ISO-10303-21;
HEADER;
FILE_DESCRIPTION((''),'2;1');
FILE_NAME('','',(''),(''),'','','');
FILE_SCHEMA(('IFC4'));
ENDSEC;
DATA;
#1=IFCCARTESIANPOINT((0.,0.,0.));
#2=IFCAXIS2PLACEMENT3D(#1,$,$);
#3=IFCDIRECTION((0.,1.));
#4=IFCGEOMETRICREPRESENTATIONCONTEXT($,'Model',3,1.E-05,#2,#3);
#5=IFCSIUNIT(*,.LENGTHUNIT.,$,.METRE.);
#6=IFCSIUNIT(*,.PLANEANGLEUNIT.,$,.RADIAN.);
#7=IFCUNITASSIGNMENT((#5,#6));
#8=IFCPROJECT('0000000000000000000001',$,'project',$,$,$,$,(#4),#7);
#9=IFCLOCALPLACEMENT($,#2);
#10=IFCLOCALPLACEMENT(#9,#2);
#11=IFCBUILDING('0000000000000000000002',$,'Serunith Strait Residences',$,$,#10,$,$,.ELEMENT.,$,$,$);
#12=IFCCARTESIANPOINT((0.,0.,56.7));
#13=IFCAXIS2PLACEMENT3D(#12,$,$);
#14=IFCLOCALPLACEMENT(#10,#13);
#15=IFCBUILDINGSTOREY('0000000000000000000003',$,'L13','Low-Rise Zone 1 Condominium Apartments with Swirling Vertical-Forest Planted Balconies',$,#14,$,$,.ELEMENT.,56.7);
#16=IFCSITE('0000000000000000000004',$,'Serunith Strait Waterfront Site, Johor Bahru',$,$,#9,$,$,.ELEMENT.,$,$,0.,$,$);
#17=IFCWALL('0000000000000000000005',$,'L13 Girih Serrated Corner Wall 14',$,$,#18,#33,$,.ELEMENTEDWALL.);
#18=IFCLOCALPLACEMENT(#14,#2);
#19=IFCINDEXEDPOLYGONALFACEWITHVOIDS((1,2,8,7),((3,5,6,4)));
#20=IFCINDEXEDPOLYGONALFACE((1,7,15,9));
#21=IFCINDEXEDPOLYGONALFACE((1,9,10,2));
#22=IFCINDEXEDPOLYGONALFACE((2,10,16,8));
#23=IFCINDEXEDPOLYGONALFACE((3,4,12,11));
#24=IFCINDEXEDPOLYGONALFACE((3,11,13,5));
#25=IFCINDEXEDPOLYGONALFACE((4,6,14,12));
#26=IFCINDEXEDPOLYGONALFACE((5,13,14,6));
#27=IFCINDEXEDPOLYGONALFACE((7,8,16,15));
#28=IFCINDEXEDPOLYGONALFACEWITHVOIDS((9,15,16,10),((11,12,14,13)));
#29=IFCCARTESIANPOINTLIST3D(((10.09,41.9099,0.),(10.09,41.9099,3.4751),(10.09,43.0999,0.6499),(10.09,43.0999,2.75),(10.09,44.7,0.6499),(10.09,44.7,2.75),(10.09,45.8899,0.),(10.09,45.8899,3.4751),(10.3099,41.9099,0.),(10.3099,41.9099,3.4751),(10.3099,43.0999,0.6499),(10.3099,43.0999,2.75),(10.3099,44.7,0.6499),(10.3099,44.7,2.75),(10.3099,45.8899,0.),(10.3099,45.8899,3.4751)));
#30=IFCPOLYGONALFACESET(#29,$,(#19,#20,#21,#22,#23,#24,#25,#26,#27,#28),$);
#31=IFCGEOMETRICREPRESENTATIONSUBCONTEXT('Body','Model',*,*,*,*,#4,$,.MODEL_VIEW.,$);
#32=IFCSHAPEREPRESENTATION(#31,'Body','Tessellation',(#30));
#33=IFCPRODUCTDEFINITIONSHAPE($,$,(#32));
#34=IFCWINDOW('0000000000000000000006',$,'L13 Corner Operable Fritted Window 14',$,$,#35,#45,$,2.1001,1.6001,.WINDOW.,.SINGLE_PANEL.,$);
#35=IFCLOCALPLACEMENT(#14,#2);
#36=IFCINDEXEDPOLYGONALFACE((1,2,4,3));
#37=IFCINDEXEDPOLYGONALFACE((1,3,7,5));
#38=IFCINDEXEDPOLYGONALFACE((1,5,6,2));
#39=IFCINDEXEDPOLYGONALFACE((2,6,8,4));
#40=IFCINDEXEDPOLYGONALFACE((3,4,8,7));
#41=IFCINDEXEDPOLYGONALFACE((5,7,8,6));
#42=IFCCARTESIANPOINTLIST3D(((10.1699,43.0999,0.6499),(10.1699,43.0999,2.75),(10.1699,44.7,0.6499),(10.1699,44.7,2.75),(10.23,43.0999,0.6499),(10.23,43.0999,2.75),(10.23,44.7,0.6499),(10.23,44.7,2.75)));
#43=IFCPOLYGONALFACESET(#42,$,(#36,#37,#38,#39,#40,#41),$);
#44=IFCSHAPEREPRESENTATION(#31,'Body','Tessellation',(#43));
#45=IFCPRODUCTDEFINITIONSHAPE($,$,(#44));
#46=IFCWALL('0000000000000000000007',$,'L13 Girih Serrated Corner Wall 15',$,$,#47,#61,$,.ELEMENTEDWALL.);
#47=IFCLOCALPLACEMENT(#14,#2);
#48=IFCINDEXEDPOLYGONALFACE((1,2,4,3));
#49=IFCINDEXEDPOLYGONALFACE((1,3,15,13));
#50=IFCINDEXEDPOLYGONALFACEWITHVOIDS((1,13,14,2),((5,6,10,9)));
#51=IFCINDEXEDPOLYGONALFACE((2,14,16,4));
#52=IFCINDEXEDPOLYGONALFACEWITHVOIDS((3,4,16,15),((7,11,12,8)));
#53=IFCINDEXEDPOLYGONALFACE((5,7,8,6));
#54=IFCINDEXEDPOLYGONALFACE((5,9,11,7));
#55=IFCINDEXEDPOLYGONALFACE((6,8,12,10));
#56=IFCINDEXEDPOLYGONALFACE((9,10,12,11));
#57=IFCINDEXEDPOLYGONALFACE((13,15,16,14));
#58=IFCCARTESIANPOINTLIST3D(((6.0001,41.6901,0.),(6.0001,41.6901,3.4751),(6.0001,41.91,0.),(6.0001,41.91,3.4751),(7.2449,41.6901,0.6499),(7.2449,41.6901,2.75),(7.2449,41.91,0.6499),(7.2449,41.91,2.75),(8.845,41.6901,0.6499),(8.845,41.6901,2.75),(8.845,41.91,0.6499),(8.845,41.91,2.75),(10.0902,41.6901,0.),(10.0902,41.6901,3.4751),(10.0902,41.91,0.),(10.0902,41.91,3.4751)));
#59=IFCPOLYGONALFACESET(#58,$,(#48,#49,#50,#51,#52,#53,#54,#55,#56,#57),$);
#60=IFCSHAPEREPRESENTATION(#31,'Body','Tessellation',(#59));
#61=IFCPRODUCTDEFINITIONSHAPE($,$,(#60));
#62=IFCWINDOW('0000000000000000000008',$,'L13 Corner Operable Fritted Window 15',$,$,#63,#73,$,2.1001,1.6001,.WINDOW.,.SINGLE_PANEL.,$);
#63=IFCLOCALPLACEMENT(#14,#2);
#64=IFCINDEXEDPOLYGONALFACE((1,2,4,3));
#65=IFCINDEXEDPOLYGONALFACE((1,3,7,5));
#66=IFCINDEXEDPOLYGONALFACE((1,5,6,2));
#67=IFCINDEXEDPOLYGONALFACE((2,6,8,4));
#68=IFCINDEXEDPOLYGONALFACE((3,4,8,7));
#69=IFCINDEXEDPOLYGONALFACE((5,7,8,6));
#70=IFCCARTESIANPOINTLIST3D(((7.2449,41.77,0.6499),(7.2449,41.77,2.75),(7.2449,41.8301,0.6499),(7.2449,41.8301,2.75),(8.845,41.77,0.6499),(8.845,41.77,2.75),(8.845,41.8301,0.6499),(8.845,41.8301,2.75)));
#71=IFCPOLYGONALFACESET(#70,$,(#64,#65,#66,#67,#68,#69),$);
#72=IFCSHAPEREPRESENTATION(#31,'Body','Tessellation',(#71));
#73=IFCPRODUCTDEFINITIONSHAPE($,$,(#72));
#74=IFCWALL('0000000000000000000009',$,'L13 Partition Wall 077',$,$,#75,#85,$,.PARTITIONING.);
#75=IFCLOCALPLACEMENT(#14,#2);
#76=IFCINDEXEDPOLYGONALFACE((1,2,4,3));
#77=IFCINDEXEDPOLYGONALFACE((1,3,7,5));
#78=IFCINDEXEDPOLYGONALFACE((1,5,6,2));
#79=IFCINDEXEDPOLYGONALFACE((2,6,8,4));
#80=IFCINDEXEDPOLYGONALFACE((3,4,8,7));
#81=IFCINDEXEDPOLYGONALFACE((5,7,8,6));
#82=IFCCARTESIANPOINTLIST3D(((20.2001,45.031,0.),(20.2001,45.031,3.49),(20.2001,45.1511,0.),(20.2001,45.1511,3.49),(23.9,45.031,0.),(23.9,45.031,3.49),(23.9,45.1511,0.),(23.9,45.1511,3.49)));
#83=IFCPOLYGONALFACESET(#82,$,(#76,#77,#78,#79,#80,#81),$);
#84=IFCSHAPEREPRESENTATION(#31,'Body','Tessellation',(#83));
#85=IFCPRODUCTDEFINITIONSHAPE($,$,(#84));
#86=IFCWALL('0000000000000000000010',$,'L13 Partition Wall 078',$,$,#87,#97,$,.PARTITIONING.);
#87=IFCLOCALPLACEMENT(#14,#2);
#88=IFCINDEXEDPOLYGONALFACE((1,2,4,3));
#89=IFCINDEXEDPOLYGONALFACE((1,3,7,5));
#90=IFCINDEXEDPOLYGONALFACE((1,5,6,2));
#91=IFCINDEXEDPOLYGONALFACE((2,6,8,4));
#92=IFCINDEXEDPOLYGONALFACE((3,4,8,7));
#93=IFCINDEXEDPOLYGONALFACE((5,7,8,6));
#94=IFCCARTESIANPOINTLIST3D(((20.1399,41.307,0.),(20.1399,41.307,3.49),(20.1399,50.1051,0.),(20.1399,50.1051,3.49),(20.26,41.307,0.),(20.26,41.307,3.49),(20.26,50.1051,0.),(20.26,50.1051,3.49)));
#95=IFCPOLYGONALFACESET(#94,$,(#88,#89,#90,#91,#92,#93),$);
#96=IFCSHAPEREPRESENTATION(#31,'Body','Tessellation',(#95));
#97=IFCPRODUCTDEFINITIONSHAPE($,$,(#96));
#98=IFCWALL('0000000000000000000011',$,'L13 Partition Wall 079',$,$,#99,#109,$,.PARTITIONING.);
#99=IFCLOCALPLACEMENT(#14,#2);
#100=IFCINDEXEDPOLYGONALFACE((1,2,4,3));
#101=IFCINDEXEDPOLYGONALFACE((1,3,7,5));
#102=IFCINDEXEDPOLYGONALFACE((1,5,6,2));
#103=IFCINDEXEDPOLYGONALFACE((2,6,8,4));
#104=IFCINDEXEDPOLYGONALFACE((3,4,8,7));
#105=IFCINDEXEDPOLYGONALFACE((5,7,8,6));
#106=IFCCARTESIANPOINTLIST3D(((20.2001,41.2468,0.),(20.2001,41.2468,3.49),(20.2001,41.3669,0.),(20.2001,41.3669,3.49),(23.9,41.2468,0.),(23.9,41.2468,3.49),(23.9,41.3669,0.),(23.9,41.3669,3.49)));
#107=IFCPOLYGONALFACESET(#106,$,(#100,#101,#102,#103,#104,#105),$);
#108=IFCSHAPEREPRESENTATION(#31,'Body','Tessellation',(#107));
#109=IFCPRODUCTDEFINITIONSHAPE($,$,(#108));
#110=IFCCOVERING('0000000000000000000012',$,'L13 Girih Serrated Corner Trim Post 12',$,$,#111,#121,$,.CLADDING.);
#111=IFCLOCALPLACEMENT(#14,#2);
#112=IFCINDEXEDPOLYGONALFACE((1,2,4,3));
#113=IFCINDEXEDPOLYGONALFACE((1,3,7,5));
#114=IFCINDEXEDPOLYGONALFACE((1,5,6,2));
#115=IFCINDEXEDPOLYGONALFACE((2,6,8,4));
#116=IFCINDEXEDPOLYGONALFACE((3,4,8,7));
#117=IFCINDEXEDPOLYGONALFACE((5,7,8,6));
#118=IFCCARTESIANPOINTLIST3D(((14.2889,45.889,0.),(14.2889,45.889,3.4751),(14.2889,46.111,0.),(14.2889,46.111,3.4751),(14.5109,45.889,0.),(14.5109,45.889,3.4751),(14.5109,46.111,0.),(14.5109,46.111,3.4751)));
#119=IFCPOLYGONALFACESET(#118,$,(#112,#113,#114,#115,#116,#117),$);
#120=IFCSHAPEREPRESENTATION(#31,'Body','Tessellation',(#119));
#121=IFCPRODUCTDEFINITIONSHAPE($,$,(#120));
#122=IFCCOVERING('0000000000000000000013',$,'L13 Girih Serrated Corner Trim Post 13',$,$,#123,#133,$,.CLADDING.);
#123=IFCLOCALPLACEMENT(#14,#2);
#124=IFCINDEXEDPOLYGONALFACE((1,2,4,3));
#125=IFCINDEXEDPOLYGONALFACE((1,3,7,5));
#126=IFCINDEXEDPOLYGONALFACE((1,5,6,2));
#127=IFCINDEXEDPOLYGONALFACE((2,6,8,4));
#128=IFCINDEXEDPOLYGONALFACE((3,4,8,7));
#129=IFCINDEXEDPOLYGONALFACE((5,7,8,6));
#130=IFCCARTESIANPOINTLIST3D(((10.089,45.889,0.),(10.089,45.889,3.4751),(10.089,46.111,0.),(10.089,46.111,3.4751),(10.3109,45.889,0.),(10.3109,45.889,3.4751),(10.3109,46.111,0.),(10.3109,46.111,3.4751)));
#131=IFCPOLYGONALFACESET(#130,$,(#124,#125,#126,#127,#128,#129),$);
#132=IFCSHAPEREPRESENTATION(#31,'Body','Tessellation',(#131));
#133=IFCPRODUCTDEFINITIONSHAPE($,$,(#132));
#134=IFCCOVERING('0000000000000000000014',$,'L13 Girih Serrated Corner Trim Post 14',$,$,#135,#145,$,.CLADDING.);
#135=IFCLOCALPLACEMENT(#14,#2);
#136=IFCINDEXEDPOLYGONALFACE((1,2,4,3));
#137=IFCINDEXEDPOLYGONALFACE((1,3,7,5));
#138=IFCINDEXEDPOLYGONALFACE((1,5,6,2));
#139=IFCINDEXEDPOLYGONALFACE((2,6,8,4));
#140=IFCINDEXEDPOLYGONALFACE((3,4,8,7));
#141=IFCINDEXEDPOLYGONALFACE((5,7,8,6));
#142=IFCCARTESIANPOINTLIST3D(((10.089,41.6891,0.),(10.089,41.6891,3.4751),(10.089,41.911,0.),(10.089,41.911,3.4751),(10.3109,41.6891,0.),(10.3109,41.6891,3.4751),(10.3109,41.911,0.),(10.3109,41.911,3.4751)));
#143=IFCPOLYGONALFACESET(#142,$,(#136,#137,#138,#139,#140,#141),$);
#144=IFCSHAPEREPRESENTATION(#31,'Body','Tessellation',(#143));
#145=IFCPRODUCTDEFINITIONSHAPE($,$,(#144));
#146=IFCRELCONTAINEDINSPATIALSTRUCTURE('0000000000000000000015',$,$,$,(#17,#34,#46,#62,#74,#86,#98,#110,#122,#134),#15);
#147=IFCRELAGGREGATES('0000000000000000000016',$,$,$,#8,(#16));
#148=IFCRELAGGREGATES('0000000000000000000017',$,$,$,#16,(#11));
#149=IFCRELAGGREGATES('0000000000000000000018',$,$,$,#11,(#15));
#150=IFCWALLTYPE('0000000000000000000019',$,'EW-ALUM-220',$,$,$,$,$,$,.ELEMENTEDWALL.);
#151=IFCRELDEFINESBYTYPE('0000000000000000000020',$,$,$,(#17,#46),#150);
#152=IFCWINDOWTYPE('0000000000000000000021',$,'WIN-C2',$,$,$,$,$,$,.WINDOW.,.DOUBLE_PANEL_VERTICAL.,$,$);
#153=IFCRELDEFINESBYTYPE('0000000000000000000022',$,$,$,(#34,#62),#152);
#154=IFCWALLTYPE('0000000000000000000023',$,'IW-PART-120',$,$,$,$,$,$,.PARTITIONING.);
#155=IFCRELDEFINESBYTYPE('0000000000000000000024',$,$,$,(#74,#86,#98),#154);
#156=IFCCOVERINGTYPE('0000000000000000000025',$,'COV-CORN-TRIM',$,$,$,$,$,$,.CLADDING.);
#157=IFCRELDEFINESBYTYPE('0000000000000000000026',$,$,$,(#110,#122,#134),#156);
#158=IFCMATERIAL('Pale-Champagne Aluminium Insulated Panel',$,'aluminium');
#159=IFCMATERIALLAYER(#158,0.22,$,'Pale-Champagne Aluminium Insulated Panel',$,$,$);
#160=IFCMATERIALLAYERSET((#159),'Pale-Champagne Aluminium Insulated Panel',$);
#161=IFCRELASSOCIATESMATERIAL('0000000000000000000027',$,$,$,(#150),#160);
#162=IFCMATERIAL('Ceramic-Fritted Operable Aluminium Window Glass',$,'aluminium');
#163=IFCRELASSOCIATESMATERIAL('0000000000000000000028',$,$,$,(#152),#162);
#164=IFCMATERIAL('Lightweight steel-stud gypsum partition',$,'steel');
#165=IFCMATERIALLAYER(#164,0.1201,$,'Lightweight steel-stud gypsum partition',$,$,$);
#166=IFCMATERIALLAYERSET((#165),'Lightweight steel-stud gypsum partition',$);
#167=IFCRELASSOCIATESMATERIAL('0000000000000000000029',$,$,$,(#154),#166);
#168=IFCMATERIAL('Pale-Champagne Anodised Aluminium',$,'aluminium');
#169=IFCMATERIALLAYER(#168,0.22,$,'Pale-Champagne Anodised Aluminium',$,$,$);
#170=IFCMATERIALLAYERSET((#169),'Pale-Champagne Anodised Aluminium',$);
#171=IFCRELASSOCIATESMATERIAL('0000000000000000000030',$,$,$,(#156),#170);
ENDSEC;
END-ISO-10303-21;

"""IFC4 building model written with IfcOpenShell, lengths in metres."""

from ifc_helpers import new_model, si_unit, direction, frame, frame_2d, origin, origin_2d, place, context, subcontext, project, spatial, rectangle, extrude, source, transform, mapped, material, layer, layer_set, type_object, element, fill, save


model = new_model("IFC4")

# Units and contexts
model_context = context("Model", 3, precision=1e-05, world=origin(), true_north=direction((0.0, 1.0)))
body_context = subcontext(model_context, "Body", "Model", "MODEL_VIEW")
ifc_project = project(units=[si_unit("LENGTHUNIT", "METRE"), si_unit("PLANEANGLEUNIT", "RADIAN")], contexts=[model_context])

# Site, building, storey
site_placement = place(None, origin())
site = spatial("IfcSite", under=ifc_project, at=site_placement, Name="Serunith Strait Waterfront Site, Johor Bahru", CompositionType="ELEMENT", RefElevation=0.0)
building_placement = place(site_placement, origin())
building = spatial("IfcBuilding", under=site, at=building_placement, Name="Serunith Strait Residences", CompositionType="ELEMENT")
storey_placement = place(building_placement, frame((0.0, 0.0, 56.7)))
storey = spatial("IfcBuildingStorey", under=building, at=storey_placement, Name="L13", Description="Low-Rise Zone 1 Condominium Apartments with Swirling Vertical-Forest Planted Balconies", CompositionType="ELEMENT", Elevation=56.7)

# Shared definitions
ifc_material_1 = material(Name="Pale-Champagne Anodised Aluminium", Category="aluminium")

# Walls, openings, windows
ifc_material_2 = material(Name="Pale-Champagne Aluminium Insulated Panel", Category="aluminium")
ifc_layer_1 = layer(ifc_material_2, 0.22, Name="Pale-Champagne Aluminium Insulated Panel")
ifc_layer_set_1 = layer_set([ifc_layer_1], Name="Pale-Champagne Aluminium Insulated Panel")
wall_type_1 = type_object("IfcWallType", Name="EW-ALUM-220", PredefinedType="ELEMENTEDWALL", material=ifc_layer_set_1)
ifc_material_3 = material(Name="Ceramic-Fritted Operable Aluminium Window Glass", Category="aluminium")
window_type = type_object("IfcWindowType", Name="WIN-C2", PartitioningType="DOUBLE_PANEL_VERTICAL", PredefinedType="WINDOW", material=ifc_material_3)
shared_shape_1 = source(origin(), body_context, "Body", "SweptSolid", [
    extrude(rectangle(XDim=1.6001, YDim=2.1001, at=frame_2d((0.8, 1.05))), frame((0.0, 0.03, 0.0), z_axis=(0.0, -1.0, 0.0), x_axis=(1.0, 0.0, 0.0)), (0.0, 0.0, 1.0), 0.0601),
])
wall_1_placement = place(storey_placement, frame((10.2, 45.8899, 0.0), z_axis=(0.0, 0.0, 1.0), x_axis=(0.0, -1.0, 0.0)))
wall_1 = element("IfcWall", 1, at=wall_1_placement, inside=storey, type_object=wall_type_1, Name="L13 Girih Serrated Corner Wall 14", PredefinedType="ELEMENTEDWALL", context=body_context, shape_type="SweptSolid", body=[
    extrude(rectangle(XDim=3.98, YDim=0.22, at=frame_2d((1.99, 0.0))), origin(), (0.0, 0.0, 1.0), 3.4751),
])
opening_1_placement = place(wall_1_placement, frame((1.1899, 0.0, 0.6499)))
opening_1 = element("IfcOpeningElement", 2, at=opening_1_placement, cuts=wall_1, PredefinedType="OPENING", context=body_context, shape_type="SweptSolid", body=[
    extrude(rectangle(XDim=1.6001, YDim=2.1001, at=frame_2d((0.8, 1.05))), frame((0.0, 0.1201, 0.0), z_axis=(0.0, -1.0, 0.0), x_axis=(1.0, 0.0, 0.0)), (0.0, 0.0, 1.0), 0.24),
])
window_1_placement = place(opening_1_placement, origin())
window_1 = element("IfcWindow", 3, at=window_1_placement, inside=storey, type_object=window_type, Name="L13 Corner Operable Fritted Window 14", OverallHeight=2.1001, OverallWidth=1.6001, PartitioningType="SINGLE_PANEL", PredefinedType="WINDOW", context=body_context, shape_type="MappedRepresentation", body=[
    mapped(shared_shape_1, transform((0.0, 0.0, 0.0), scale=1.0)),
])
fill(opening_1, window_1)
wall_2_placement = place(storey_placement, frame((10.0901, 41.8, 0.0), z_axis=(0.0, 0.0, 1.0), x_axis=(-1.0, 0.0, 0.0)))
wall_2 = element("IfcWall", 4, at=wall_2_placement, inside=storey, type_object=wall_type_1, Name="L13 Girih Serrated Corner Wall 15", PredefinedType="ELEMENTEDWALL", context=body_context, shape_type="SweptSolid", body=[
    extrude(rectangle(XDim=4.0901, YDim=0.22, at=frame_2d((2.0449, 0.0))), origin(), (0.0, 0.0, 1.0), 3.4751),
])
opening_2_placement = place(wall_2_placement, frame((1.2451, 0.0, 0.6499)))
opening_2 = element("IfcOpeningElement", 5, at=opening_2_placement, cuts=wall_2, PredefinedType="OPENING", context=body_context, shape_type="SweptSolid", body=[
    extrude(rectangle(XDim=1.6001, YDim=2.1001, at=frame_2d((0.8, 1.05))), frame((0.0, 0.1201, 0.0), z_axis=(0.0, -1.0, 0.0), x_axis=(1.0, 0.0, 0.0)), (0.0, 0.0, 1.0), 0.24),
])
window_2_placement = place(opening_2_placement, origin())
window_2 = element("IfcWindow", 6, at=window_2_placement, inside=storey, type_object=window_type, Name="L13 Corner Operable Fritted Window 15", OverallHeight=2.1001, OverallWidth=1.6001, PartitioningType="SINGLE_PANEL", PredefinedType="WINDOW", context=body_context, shape_type="MappedRepresentation", body=[
    mapped(shared_shape_1, transform((0.0, 0.0, 0.0), scale=1.0)),
])
fill(opening_2, window_2)

# Walls
ifc_material_4 = material(Name="Lightweight steel-stud gypsum partition", Category="steel")
ifc_layer_2 = layer(ifc_material_4, 0.1201, Name="Lightweight steel-stud gypsum partition")
ifc_layer_set_2 = layer_set([ifc_layer_2], Name="Lightweight steel-stud gypsum partition")
wall_type_2 = type_object("IfcWallType", Name="IW-PART-120", PredefinedType="PARTITIONING", material=ifc_layer_set_2)
wall_3_placement = place(storey_placement, frame((20.2, 45.0911, 0.0), z_axis=(0.0, 0.0, 1.0), x_axis=(1.0, 0.0, 0.0)))
element("IfcWall", 7, at=wall_3_placement, inside=storey, type_object=wall_type_2, Name="L13 Partition Wall 077", PredefinedType="PARTITIONING", context=body_context, shape_type="SweptSolid", body=[
    extrude(rectangle(XDim=3.7, YDim=0.1201, at=frame_2d((1.8501, 0.0))), origin(), (0.0, 0.0, 1.0), 3.49),
])
wall_4_placement = place(storey_placement, frame((20.2, 50.105, 0.0), z_axis=(0.0, 0.0, 1.0), x_axis=(0.0, -1.0, 0.0)))
element("IfcWall", 8, at=wall_4_placement, inside=storey, type_object=wall_type_2, Name="L13 Partition Wall 078", PredefinedType="PARTITIONING", context=body_context, shape_type="SweptSolid", body=[
    extrude(rectangle(XDim=8.7981, YDim=0.1201, at=frame_2d((4.3989, 0.0))), origin(), (0.0, 0.0, 1.0), 3.49),
])
wall_5_placement = place(storey_placement, frame((20.2, 41.3069, 0.0), z_axis=(0.0, 0.0, 1.0), x_axis=(1.0, 0.0, 0.0)))
element("IfcWall", 9, at=wall_5_placement, inside=storey, type_object=wall_type_2, Name="L13 Partition Wall 079", PredefinedType="PARTITIONING", context=body_context, shape_type="SweptSolid", body=[
    extrude(rectangle(XDim=3.7, YDim=0.1201, at=frame_2d((1.8501, 0.0))), origin(), (0.0, 0.0, 1.0), 3.49),
])

# Coverings
ifc_layer_3 = layer(ifc_material_1, 0.22, Name="Pale-Champagne Anodised Aluminium")
ifc_layer_set_3 = layer_set([ifc_layer_3], Name="Pale-Champagne Anodised Aluminium")
covering_type = type_object("IfcCoveringType", Name="COV-CORN-TRIM", PredefinedType="CLADDING", material=ifc_layer_set_3)
shared_shape_2 = source(origin(), body_context, "Body", "SweptSolid", [
    extrude(rectangle(XDim=0.2219, YDim=0.2219, at=origin_2d()), origin(), (0.0, 0.0, 1.0), 3.4751),
])
for number, where, z_axis, x_axis, name in (
    (10, (14.3999, 46.0, 0.0), (0.0, 0.0, 1.0), (1.0, 0.0, 0.0), "L13 Girih Serrated Corner Trim Post 12"),
    (11, (10.2, 46.0, 0.0), (0.0, 0.0, 1.0), (1.0, 0.0, 0.0), "L13 Girih Serrated Corner Trim Post 13"),
    (12, (10.2, 41.8, 0.0), (0.0, 0.0, 1.0), (1.0, 0.0, 0.0), "L13 Girih Serrated Corner Trim Post 14"),
):
    element("IfcCovering", number, at=place(storey_placement, frame(where, z_axis=z_axis, x_axis=x_axis)), inside=storey, type_object=covering_type, Name=name, PredefinedType="CLADDING", context=body_context, shape_type="MappedRepresentation", body=[
        mapped(shared_shape_2, transform((0.0, 0.0, 0.0), scale=1.0)),
    ])

save(model, "model.ifc")
